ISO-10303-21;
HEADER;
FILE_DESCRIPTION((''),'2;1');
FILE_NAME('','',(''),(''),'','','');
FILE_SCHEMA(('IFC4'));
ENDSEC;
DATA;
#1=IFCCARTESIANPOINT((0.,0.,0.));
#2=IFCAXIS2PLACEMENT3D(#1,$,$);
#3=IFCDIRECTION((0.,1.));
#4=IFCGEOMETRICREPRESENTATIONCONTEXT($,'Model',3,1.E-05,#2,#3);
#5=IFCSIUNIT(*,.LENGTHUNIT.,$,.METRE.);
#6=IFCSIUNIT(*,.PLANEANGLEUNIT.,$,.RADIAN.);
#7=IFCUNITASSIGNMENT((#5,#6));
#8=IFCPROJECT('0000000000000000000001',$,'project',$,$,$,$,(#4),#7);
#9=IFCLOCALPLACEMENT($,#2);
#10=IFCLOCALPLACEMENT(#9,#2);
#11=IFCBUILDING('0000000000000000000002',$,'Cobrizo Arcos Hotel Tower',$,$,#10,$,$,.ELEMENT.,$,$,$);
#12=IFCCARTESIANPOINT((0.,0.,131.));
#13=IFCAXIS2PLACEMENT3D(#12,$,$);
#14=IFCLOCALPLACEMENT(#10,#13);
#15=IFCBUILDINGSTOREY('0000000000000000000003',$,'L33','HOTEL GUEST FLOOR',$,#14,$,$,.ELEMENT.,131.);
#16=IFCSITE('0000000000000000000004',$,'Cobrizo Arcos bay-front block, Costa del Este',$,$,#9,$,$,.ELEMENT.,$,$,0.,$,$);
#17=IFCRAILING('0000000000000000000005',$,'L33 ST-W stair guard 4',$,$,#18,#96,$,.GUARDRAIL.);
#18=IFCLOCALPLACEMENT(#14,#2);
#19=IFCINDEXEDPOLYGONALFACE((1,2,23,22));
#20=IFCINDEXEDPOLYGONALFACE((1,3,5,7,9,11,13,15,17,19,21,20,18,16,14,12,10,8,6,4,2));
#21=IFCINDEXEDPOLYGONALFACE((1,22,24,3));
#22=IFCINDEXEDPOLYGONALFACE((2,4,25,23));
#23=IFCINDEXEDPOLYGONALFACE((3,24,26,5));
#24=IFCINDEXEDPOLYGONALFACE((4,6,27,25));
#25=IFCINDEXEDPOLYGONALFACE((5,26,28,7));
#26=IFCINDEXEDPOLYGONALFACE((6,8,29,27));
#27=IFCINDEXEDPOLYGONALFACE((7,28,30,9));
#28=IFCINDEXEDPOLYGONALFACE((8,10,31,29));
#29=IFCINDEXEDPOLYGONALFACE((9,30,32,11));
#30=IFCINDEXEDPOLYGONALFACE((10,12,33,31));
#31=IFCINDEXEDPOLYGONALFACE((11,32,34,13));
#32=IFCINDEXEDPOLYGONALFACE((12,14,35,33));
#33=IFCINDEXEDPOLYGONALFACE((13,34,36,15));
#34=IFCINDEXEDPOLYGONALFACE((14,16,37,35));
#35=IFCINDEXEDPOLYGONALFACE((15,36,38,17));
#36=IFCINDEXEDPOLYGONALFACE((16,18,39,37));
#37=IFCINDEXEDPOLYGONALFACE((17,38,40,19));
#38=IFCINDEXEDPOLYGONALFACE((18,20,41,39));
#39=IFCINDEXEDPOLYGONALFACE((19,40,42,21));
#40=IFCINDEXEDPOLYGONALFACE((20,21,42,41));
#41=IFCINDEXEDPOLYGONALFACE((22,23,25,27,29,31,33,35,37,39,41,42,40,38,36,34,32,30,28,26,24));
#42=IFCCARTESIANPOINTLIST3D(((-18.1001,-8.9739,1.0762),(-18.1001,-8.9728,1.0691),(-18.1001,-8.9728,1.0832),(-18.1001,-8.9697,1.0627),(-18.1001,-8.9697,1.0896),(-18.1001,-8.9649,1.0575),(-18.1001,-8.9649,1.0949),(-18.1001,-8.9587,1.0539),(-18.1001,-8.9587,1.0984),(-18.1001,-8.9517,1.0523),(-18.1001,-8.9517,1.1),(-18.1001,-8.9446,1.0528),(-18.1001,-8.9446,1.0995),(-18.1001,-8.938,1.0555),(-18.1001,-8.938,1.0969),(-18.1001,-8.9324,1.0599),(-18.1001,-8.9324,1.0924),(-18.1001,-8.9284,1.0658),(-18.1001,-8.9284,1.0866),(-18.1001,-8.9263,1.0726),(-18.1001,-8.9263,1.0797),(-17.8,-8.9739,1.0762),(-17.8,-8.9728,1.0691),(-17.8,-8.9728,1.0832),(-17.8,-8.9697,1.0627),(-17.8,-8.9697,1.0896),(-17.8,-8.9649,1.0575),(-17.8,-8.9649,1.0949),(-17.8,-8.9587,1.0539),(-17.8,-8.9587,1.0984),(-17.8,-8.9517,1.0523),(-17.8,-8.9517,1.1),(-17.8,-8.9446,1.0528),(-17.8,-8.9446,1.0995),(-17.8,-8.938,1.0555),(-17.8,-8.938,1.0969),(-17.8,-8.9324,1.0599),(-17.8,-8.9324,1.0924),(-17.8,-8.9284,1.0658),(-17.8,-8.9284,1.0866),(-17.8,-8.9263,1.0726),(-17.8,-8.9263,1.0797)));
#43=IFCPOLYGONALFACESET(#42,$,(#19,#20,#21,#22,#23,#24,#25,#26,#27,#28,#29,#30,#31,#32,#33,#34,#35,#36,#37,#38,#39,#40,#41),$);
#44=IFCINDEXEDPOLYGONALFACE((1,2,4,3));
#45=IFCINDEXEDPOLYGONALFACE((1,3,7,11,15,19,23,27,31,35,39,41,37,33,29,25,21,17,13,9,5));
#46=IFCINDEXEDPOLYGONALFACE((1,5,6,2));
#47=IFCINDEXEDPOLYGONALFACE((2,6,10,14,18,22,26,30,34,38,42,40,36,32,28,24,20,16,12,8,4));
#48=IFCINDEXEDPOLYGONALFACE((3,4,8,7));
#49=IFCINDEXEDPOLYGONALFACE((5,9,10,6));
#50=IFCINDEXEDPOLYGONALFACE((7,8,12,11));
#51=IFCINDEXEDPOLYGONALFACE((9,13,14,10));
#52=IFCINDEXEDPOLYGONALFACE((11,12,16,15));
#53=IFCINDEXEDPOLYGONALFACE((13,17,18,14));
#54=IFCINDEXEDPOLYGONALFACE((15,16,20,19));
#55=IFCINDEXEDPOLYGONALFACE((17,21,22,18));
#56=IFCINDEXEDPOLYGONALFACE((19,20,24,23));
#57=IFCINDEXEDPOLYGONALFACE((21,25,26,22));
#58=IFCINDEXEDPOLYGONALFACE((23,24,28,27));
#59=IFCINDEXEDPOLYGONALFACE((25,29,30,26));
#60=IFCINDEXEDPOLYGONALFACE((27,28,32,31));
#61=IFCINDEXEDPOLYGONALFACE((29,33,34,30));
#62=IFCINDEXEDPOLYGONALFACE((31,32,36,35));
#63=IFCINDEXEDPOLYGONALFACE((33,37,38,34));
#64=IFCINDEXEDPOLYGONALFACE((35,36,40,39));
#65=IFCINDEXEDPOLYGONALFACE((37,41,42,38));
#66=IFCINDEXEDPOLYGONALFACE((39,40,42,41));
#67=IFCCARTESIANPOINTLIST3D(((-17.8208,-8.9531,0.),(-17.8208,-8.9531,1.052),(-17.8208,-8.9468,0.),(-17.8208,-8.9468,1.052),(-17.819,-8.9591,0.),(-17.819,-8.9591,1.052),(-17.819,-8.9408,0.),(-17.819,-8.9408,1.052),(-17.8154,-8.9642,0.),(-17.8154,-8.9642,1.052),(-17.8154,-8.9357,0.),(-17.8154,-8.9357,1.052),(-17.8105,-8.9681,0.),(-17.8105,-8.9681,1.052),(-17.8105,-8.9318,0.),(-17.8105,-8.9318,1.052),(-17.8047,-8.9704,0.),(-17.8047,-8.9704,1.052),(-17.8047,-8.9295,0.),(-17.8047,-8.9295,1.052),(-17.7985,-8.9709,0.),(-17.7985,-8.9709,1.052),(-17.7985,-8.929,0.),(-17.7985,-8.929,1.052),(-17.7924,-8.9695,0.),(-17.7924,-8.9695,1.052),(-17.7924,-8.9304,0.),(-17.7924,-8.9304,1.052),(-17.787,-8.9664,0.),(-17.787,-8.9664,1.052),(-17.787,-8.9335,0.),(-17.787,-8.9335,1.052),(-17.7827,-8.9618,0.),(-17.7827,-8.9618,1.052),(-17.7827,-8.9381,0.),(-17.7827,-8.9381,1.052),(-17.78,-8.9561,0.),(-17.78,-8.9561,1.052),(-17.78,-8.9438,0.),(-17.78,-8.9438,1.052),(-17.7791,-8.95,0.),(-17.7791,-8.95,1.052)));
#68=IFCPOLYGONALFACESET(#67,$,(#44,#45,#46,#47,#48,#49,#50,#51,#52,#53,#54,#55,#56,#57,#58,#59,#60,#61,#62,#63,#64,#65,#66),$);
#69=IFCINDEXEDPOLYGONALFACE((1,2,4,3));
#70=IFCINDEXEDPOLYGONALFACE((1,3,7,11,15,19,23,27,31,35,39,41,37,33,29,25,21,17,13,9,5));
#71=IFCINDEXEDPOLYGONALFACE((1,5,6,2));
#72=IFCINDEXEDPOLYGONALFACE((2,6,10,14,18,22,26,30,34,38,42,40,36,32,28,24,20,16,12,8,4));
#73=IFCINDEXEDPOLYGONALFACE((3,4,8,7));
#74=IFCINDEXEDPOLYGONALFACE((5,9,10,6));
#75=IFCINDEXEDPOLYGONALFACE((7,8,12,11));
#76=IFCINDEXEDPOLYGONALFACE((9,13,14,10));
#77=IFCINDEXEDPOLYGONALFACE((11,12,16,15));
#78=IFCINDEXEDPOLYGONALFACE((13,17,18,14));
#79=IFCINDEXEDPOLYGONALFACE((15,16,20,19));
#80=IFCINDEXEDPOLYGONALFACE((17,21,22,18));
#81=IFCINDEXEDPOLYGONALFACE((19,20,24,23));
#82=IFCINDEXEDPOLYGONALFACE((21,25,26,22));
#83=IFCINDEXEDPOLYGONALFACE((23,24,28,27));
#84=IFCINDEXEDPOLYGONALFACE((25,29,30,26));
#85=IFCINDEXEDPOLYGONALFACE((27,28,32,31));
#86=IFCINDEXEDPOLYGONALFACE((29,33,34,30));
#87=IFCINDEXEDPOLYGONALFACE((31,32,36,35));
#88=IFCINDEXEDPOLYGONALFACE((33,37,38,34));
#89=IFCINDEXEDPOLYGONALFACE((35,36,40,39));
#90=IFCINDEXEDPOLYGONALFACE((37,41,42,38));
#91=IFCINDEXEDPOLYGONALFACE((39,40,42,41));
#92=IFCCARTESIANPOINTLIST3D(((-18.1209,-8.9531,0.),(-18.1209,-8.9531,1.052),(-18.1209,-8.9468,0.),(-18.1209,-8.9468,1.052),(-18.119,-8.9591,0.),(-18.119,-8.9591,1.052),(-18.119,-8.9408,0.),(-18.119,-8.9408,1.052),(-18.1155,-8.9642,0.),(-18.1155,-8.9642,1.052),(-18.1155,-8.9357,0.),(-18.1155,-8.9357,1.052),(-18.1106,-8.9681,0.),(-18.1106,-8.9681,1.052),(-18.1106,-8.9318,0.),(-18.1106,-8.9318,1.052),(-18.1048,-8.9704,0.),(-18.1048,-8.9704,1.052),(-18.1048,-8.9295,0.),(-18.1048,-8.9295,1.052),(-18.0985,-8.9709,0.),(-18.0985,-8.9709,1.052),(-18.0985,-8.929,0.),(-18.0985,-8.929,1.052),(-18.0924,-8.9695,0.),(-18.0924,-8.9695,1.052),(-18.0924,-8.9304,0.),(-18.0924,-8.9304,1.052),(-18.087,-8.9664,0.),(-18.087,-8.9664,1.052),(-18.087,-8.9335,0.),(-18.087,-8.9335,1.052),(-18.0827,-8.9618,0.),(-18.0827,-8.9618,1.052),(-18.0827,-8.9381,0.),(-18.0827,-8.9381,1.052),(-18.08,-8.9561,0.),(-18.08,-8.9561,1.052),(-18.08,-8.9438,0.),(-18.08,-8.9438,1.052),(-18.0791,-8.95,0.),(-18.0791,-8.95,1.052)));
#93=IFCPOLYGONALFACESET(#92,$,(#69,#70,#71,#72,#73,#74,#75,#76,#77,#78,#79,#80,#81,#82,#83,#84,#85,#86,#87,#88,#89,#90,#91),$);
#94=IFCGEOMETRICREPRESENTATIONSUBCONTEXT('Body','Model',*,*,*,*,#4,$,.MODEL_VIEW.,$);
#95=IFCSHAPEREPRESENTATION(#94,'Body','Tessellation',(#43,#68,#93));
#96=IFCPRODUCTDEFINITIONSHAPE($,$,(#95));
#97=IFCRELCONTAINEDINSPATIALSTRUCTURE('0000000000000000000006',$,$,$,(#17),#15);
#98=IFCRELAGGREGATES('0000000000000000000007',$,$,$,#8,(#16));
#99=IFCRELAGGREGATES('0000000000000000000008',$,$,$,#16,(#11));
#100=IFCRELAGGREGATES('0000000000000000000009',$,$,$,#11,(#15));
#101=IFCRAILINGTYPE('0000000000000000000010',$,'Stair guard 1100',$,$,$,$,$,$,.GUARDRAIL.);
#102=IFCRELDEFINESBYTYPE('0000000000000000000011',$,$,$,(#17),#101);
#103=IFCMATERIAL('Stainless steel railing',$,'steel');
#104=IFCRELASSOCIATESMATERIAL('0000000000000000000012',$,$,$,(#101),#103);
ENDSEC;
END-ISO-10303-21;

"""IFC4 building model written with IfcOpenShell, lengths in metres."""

from ifc_helpers import new_model, si_unit, direction, frame, origin, origin_2d, place, context, subcontext, project, spatial, circle, extrude, material, type_object, element, save


model = new_model("IFC4")

# Units and contexts
model_context = context("Model", 3, precision=1e-05, world=origin(), true_north=direction((0.0, 1.0)))
body_context = subcontext(model_context, "Body", "Model", "MODEL_VIEW")
ifc_project = project(units=[si_unit("LENGTHUNIT", "METRE"), si_unit("PLANEANGLEUNIT", "RADIAN")], contexts=[model_context])

# Site, building, storey
site_placement = place(None, origin())
site = spatial("IfcSite", under=ifc_project, at=site_placement, Name="Cobrizo Arcos bay-front block, Costa del Este", CompositionType="ELEMENT", RefElevation=0.0)
building_placement = place(site_placement, origin())
building = spatial("IfcBuilding", under=site, at=building_placement, Name="Cobrizo Arcos Hotel Tower", CompositionType="ELEMENT")
storey_placement = place(building_placement, frame((0.0, 0.0, 131.0)))
storey = spatial("IfcBuildingStorey", under=building, at=storey_placement, Name="L33", Description="HOTEL GUEST FLOOR", CompositionType="ELEMENT", Elevation=131.0)

# Railing
ifc_material_1 = material(Name="Stainless steel railing", Category="steel")
railing_type_1 = type_object("IfcRailingType", Name="Stair guard 1100", PredefinedType="GUARDRAIL", material=ifc_material_1)
railing_1_placement = place(storey_placement, frame((-17.8, -8.95, 0.0)))
element("IfcRailing", 1, at=railing_1_placement, inside=storey, type_object=railing_type_1, Name="L33 ST-W stair guard 4", PredefinedType="GUARDRAIL", context=body_context, shape_type="SweptSolid", body=[
    extrude(circle(Radius=0.0239, at=origin_2d()), frame((0.0, 0.0, 1.0762), z_axis=(-1.0, 0.0, 0.0), x_axis=(0.0, -1.0, 0.0)), (0.0, 0.0, 1.0), 0.3),
    extrude(circle(Radius=0.021, at=origin_2d()), origin(), (0.0, 0.0, 1.0), 1.052),
    extrude(circle(Radius=0.021, at=origin_2d()), frame((-0.3, 0.0, 0.0)), (0.0, 0.0, 1.0), 1.052),
])

save(model, "model.ifc")
